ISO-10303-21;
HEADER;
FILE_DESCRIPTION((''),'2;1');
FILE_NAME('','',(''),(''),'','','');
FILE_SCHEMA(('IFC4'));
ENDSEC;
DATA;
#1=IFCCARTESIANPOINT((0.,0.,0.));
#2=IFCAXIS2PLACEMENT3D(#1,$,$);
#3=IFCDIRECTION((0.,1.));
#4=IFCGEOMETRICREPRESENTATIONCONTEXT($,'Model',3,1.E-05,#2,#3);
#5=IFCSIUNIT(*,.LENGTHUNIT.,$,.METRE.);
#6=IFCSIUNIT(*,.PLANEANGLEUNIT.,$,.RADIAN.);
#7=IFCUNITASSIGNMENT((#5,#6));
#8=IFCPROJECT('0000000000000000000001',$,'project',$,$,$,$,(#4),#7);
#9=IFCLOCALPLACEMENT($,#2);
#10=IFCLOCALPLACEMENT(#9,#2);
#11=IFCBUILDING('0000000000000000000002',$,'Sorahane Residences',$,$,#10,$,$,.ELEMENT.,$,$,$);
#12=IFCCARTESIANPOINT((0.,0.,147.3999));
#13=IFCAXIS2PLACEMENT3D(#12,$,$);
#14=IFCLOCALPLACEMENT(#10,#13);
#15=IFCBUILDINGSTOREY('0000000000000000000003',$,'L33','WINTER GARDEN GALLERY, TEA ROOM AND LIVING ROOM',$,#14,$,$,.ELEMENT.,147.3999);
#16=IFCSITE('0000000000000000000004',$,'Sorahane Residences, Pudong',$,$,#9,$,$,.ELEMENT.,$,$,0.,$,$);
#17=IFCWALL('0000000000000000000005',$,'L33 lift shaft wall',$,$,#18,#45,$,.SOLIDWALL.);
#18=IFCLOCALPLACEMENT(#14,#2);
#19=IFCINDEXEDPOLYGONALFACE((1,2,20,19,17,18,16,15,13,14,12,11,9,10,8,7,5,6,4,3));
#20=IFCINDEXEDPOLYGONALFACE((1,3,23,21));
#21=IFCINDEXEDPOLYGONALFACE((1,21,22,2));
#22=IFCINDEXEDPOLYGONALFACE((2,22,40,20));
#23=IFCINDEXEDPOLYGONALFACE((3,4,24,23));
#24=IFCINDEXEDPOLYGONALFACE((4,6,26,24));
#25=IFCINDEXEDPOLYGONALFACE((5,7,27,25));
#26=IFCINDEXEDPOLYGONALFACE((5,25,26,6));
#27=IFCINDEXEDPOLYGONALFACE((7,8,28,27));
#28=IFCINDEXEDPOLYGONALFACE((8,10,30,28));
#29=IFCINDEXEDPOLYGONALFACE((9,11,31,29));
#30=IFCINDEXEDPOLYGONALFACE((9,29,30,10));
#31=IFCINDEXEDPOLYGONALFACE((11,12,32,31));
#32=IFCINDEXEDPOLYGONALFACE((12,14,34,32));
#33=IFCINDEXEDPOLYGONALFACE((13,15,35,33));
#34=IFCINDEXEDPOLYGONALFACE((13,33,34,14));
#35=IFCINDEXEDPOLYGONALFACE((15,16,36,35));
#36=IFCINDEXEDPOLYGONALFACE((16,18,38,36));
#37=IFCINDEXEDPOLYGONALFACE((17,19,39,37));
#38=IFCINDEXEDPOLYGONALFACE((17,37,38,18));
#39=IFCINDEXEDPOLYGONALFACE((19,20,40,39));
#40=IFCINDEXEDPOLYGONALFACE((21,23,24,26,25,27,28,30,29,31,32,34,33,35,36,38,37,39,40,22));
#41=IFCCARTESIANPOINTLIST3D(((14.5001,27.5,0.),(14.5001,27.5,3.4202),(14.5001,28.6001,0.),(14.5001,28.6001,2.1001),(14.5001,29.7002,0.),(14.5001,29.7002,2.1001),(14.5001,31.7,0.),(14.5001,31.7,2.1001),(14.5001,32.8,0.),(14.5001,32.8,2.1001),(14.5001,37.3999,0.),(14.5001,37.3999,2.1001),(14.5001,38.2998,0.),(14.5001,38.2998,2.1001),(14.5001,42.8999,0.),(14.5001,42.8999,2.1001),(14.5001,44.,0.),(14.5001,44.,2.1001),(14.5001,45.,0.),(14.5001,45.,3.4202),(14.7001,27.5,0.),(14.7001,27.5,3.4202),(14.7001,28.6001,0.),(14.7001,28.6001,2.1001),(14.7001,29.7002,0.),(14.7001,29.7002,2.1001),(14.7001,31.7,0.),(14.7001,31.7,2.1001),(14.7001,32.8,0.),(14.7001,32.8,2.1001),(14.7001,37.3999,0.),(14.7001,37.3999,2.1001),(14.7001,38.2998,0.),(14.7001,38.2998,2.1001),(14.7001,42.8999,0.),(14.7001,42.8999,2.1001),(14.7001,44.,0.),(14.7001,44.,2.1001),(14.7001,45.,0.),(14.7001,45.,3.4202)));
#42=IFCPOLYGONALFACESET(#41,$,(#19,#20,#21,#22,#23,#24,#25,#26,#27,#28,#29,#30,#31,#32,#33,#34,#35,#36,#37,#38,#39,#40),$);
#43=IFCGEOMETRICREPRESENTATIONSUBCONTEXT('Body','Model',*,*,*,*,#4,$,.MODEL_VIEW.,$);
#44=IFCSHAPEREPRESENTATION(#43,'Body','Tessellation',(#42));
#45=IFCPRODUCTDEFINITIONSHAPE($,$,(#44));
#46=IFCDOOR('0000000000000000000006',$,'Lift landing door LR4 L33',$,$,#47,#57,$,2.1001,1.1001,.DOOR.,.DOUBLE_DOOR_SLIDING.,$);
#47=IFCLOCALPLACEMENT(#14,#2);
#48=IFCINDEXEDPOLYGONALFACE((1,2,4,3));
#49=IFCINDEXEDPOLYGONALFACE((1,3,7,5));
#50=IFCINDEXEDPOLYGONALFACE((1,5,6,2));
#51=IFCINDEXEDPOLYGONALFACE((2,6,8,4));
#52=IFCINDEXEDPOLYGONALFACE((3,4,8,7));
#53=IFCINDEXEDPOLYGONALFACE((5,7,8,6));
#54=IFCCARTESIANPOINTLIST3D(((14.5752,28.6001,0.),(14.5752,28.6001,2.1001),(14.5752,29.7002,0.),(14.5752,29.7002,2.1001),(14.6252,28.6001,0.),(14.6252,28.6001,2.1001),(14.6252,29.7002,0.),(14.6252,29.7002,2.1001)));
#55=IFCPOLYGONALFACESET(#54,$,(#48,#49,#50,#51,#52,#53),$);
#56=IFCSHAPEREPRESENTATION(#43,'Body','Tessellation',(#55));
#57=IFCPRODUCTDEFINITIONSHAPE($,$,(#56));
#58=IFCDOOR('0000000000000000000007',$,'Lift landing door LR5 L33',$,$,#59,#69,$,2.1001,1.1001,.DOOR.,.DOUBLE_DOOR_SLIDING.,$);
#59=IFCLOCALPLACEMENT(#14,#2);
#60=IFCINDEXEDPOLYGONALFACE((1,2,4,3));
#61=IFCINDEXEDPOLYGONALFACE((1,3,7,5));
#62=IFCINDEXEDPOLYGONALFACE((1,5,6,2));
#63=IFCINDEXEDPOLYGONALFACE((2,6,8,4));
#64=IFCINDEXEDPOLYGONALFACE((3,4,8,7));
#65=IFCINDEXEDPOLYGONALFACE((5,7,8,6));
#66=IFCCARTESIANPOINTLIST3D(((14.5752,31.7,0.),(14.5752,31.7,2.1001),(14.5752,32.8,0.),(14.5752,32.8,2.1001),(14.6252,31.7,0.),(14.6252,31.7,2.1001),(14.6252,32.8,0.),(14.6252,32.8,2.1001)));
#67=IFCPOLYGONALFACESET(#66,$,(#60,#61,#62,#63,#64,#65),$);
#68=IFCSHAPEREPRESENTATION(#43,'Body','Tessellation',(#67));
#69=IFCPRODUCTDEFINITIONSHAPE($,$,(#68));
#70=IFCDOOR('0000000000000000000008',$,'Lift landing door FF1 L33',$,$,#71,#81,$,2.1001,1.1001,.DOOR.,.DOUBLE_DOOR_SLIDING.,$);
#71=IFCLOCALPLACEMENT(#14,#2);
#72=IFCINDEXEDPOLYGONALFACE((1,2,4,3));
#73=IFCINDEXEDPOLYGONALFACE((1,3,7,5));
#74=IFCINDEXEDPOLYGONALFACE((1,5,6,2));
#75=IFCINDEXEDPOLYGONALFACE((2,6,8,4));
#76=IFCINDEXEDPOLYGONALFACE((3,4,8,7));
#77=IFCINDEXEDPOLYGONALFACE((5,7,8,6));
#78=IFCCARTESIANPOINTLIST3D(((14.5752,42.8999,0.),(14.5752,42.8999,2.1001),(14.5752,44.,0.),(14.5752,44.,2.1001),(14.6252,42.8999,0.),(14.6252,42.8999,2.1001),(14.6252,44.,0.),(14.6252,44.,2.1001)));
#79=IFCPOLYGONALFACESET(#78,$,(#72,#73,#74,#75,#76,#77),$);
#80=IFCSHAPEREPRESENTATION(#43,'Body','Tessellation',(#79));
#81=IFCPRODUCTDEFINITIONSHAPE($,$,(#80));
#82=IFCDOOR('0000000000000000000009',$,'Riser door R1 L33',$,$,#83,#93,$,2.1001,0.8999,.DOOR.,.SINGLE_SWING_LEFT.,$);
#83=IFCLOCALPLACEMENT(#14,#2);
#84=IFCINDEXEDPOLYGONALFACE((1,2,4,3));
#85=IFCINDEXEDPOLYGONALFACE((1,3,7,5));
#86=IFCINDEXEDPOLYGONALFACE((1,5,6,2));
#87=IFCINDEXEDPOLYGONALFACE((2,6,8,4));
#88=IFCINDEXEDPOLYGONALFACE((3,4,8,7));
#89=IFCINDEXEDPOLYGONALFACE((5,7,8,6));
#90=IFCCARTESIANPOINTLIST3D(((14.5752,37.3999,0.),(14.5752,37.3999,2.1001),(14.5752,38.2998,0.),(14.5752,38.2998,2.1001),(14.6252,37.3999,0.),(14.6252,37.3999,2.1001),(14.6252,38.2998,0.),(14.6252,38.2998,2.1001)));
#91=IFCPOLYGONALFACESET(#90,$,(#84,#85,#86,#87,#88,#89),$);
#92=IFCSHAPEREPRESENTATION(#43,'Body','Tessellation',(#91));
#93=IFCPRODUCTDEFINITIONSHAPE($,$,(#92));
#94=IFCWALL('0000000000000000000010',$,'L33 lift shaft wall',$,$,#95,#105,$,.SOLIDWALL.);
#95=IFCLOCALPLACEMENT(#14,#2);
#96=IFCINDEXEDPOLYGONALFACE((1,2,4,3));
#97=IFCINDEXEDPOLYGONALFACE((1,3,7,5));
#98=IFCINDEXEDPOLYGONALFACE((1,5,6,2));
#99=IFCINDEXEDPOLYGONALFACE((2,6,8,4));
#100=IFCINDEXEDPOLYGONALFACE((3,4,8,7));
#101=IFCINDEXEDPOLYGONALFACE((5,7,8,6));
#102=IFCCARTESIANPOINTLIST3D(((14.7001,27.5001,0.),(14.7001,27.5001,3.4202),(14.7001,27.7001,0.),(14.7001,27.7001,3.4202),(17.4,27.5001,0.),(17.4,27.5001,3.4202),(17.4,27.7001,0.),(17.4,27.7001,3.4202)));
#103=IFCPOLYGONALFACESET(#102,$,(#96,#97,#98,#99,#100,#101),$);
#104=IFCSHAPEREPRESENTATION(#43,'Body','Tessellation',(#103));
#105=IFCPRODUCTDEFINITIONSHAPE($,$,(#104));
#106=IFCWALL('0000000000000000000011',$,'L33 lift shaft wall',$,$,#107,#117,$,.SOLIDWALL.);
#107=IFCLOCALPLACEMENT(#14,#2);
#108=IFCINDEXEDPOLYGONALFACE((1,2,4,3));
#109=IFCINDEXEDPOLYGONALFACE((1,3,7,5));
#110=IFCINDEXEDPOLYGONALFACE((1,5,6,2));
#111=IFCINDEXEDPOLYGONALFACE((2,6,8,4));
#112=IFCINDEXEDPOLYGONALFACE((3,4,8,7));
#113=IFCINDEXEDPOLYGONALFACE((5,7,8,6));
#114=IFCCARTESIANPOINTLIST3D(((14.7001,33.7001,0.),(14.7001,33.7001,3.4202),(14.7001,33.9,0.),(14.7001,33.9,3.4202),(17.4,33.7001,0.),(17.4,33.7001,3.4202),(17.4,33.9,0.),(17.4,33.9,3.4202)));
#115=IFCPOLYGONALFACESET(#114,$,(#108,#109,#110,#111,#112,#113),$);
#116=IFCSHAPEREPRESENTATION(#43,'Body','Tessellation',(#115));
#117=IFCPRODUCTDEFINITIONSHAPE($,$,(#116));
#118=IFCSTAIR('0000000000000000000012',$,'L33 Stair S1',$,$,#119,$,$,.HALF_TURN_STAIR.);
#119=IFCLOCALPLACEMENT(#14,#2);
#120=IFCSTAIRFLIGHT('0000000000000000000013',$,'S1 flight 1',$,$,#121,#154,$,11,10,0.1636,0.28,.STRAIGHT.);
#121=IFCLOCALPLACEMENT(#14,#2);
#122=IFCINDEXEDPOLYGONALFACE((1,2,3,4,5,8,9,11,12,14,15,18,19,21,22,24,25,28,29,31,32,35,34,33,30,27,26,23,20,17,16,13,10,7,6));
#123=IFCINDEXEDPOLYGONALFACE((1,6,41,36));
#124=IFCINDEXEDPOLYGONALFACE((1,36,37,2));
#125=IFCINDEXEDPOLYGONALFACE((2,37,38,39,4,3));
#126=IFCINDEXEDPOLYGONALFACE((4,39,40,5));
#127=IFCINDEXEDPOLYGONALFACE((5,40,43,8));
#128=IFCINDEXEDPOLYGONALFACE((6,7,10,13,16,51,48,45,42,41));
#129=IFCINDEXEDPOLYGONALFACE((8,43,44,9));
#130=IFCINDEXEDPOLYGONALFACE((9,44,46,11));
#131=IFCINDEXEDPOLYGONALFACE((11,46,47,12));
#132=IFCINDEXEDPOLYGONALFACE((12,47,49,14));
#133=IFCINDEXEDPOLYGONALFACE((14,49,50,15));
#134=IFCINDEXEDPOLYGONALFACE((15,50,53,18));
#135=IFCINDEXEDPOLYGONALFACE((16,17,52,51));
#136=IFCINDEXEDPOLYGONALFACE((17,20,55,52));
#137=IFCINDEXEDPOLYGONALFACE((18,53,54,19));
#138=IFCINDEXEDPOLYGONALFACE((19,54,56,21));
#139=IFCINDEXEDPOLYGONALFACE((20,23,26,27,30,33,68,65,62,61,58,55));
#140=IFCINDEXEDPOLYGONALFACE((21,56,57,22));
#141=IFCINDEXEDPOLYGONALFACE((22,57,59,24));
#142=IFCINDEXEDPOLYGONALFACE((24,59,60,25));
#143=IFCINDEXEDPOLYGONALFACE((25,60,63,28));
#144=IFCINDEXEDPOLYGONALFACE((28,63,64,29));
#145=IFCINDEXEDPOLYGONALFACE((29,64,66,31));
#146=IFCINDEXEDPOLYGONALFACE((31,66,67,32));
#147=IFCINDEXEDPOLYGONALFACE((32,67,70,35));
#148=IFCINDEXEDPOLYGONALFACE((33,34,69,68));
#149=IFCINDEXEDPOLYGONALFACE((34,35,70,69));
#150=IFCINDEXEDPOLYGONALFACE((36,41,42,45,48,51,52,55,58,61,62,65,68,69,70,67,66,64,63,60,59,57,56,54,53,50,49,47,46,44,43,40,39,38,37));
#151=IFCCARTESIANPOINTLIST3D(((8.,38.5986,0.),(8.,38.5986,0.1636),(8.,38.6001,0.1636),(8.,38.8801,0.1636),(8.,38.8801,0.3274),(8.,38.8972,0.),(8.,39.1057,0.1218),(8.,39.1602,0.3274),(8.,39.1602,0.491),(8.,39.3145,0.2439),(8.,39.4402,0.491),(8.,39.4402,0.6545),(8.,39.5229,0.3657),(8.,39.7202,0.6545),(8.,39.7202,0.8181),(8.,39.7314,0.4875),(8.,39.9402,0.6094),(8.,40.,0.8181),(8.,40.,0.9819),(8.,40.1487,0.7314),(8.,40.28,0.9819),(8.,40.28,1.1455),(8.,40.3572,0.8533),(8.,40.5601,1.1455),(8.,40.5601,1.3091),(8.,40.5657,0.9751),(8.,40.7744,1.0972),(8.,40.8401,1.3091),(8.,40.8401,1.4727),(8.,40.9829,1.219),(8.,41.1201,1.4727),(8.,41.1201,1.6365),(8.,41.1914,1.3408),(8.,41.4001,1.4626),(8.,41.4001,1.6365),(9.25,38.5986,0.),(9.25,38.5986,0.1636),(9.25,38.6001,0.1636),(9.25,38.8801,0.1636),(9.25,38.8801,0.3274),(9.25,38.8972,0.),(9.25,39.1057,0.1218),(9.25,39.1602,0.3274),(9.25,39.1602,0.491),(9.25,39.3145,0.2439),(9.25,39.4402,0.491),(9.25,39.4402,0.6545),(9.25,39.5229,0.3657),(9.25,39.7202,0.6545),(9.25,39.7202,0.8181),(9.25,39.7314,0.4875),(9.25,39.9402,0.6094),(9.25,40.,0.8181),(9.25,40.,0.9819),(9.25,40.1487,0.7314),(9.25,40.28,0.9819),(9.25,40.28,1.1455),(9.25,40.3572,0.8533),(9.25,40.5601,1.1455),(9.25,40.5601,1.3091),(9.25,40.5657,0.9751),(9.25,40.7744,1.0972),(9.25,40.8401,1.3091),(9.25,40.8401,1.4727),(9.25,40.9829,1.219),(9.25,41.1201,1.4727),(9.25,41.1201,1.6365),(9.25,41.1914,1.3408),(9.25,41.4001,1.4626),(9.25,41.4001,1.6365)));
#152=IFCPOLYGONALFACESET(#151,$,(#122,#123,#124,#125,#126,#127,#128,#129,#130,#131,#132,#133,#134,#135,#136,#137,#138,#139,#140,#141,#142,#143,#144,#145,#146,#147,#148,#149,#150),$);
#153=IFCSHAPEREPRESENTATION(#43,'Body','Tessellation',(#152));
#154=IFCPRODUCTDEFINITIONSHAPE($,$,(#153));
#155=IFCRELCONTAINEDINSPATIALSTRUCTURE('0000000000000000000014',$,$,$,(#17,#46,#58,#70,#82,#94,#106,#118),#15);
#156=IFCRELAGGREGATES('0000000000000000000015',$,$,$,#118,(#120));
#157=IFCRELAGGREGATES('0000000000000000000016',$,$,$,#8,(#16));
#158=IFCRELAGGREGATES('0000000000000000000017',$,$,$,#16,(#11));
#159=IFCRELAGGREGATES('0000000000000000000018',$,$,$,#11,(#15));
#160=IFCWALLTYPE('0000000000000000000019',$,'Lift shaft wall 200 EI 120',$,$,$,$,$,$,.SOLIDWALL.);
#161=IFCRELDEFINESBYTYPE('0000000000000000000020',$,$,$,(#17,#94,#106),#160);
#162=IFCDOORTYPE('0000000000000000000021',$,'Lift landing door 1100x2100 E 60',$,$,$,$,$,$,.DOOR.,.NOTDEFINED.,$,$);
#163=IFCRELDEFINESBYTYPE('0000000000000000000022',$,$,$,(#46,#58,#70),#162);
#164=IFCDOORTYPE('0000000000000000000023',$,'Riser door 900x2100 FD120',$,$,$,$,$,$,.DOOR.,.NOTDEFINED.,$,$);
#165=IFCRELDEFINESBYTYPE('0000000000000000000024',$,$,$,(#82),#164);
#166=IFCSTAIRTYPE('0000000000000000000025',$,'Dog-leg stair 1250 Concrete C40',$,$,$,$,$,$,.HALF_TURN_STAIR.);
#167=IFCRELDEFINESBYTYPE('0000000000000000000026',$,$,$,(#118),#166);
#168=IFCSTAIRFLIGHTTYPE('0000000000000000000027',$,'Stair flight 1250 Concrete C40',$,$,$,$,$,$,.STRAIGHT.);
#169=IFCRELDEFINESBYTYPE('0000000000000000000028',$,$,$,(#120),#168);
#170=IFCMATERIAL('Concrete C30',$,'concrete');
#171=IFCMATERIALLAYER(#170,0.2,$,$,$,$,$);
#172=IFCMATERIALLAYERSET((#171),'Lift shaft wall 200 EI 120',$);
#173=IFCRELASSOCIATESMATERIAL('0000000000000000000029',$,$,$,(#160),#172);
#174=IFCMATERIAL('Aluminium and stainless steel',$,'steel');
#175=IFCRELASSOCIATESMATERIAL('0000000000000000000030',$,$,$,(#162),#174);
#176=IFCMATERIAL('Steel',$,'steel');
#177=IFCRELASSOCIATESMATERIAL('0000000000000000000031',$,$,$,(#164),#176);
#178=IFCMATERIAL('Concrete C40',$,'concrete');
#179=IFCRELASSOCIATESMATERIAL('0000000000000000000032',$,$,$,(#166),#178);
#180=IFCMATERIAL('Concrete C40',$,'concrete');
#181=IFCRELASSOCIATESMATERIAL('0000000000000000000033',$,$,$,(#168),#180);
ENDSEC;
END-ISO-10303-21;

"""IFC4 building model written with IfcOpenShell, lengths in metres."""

from ifc_helpers import new_model, si_unit, direction, frame, frame_2d, origin, place, context, subcontext, project, spatial, polyline, rectangle, outline, extrude, material, layer, layer_set, type_object, element, fill, aggregate, save


model = new_model("IFC4")

# Units and contexts
model_context = context("Model", 3, precision=1e-05, world=origin(), true_north=direction((0.0, 1.0)))
body_context = subcontext(model_context, "Body", "Model", "MODEL_VIEW")
ifc_project = project(units=[si_unit("LENGTHUNIT", "METRE"), si_unit("PLANEANGLEUNIT", "RADIAN")], contexts=[model_context])

# Site, building, storey
site_placement = place(None, origin())
site = spatial("IfcSite", under=ifc_project, at=site_placement, Name="Sorahane Residences, Pudong", CompositionType="ELEMENT", RefElevation=0.0)
building_placement = place(site_placement, origin())
building = spatial("IfcBuilding", under=site, at=building_placement, Name="Sorahane Residences", CompositionType="ELEMENT")
storey_placement = place(building_placement, frame((0.0, 0.0, 147.3999)))
storey = spatial("IfcBuildingStorey", under=building, at=storey_placement, Name="L33", Description="WINTER GARDEN GALLERY, TEA ROOM AND LIVING ROOM", CompositionType="ELEMENT", Elevation=147.3999)

# Wall, openings, doors
ifc_material_1 = material(Name="Concrete C30", Category="concrete")
ifc_layer_1 = layer(ifc_material_1, 0.2)
ifc_layer_set_1 = layer_set([ifc_layer_1], Name="Lift shaft wall 200 EI 120")
wall_type_1 = type_object("IfcWallType", Name="Lift shaft wall 200 EI 120", PredefinedType="SOLIDWALL", material=ifc_layer_set_1)
wall_1_placement = place(storey_placement, frame((14.6001, 27.5, 0.0), z_axis=(0.0, 0.0, 1.0), x_axis=(0.0, 1.0, 0.0)))
wall_1 = element("IfcWall", 1, at=wall_1_placement, inside=storey, type_object=wall_type_1, Name="L33 lift shaft wall", PredefinedType="SOLIDWALL", context=body_context, shape_type="SweptSolid", body=[
    extrude(rectangle(XDim=17.5, YDim=0.2, at=frame_2d((8.75, 0.0))), origin(), (0.0, 0.0, 1.0), 3.4202),
])
opening_1_placement = place(wall_1_placement, frame((1.1001, 0.0, 0.0)))
opening_1 = element("IfcOpeningElement", 2, at=opening_1_placement, cuts=wall_1, PredefinedType="OPENING", context=body_context, shape_type="SweptSolid", body=[
    extrude(rectangle(XDim=1.1001, YDim=2.1001, at=frame_2d((0.55, 1.05))), frame((0.0, 0.1099, 0.0), z_axis=(0.0, -1.0, 0.0), x_axis=(1.0, 0.0, 0.0)), (0.0, 0.0, 1.0), 0.22),
])
opening_2_placement = place(wall_1_placement, frame((4.2, 0.0, 0.0)))
opening_2 = element("IfcOpeningElement", 3, at=opening_2_placement, cuts=wall_1, PredefinedType="OPENING", context=body_context, shape_type="SweptSolid", body=[
    extrude(rectangle(XDim=1.1001, YDim=2.1001, at=frame_2d((0.55, 1.05))), frame((0.0, 0.1099, 0.0), z_axis=(0.0, -1.0, 0.0), x_axis=(1.0, 0.0, 0.0)), (0.0, 0.0, 1.0), 0.22),
])
opening_3_placement = place(wall_1_placement, frame((15.3999, 0.0, 0.0)))
opening_3 = element("IfcOpeningElement", 4, at=opening_3_placement, cuts=wall_1, PredefinedType="OPENING", context=body_context, shape_type="SweptSolid", body=[
    extrude(rectangle(XDim=1.1001, YDim=2.1001, at=frame_2d((0.55, 1.05))), frame((0.0, 0.1099, 0.0), z_axis=(0.0, -1.0, 0.0), x_axis=(1.0, 0.0, 0.0)), (0.0, 0.0, 1.0), 0.22),
])
opening_4_placement = place(wall_1_placement, frame((9.8999, 0.0, 0.0)))
opening_4 = element("IfcOpeningElement", 5, at=opening_4_placement, cuts=wall_1, PredefinedType="OPENING", context=body_context, shape_type="SweptSolid", body=[
    extrude(rectangle(XDim=0.8999, YDim=2.1001, at=frame_2d((0.45, 1.05))), frame((0.0, 0.1099, 0.0), z_axis=(0.0, -1.0, 0.0), x_axis=(1.0, 0.0, 0.0)), (0.0, 0.0, 1.0), 0.22),
])
ifc_material_2 = material(Name="Aluminium and stainless steel", Category="steel")
door_type_1 = type_object("IfcDoorType", Name="Lift landing door 1100x2100 E 60", OperationType="NOTDEFINED", PredefinedType="DOOR", material=ifc_material_2)
door_1_placement = place(opening_1_placement, origin())
door_1 = element("IfcDoor", 6, at=door_1_placement, inside=storey, type_object=door_type_1, Name="Lift landing door LR4 L33", OperationType="DOUBLE_DOOR_SLIDING", OverallHeight=2.1001, OverallWidth=1.1001, PredefinedType="DOOR", context=body_context, shape_type="SweptSolid", body=[
    extrude(rectangle(XDim=1.1001, YDim=2.1001, at=frame_2d((0.55, 1.05))), frame((0.0, 0.0249, 0.0), z_axis=(0.0, -1.0, 0.0), x_axis=(1.0, 0.0, 0.0)), (0.0, 0.0, 1.0), 0.05),
])
fill(opening_1, door_1)
door_2_placement = place(opening_2_placement, origin())
door_2 = element("IfcDoor", 7, at=door_2_placement, inside=storey, type_object=door_type_1, Name="Lift landing door LR5 L33", OperationType="DOUBLE_DOOR_SLIDING", OverallHeight=2.1001, OverallWidth=1.1001, PredefinedType="DOOR", context=body_context, shape_type="SweptSolid", body=[
    extrude(rectangle(XDim=1.1001, YDim=2.1001, at=frame_2d((0.55, 1.05))), frame((0.0, 0.0249, 0.0), z_axis=(0.0, -1.0, 0.0), x_axis=(1.0, 0.0, 0.0)), (0.0, 0.0, 1.0), 0.05),
])
fill(opening_2, door_2)
door_3_placement = place(opening_3_placement, origin())
door_3 = element("IfcDoor", 8, at=door_3_placement, inside=storey, type_object=door_type_1, Name="Lift landing door FF1 L33", OperationType="DOUBLE_DOOR_SLIDING", OverallHeight=2.1001, OverallWidth=1.1001, PredefinedType="DOOR", context=body_context, shape_type="SweptSolid", body=[
    extrude(rectangle(XDim=1.1001, YDim=2.1001, at=frame_2d((0.55, 1.05))), frame((0.0, 0.0249, 0.0), z_axis=(0.0, -1.0, 0.0), x_axis=(1.0, 0.0, 0.0)), (0.0, 0.0, 1.0), 0.05),
])
fill(opening_3, door_3)
ifc_material_3 = material(Name="Steel", Category="steel")
door_type_2 = type_object("IfcDoorType", Name="Riser door 900x2100 FD120", OperationType="NOTDEFINED", PredefinedType="DOOR", material=ifc_material_3)
door_4_placement = place(opening_4_placement, origin())
door_4 = element("IfcDoor", 9, at=door_4_placement, inside=storey, type_object=door_type_2, Name="Riser door R1 L33", OperationType="SINGLE_SWING_LEFT", OverallHeight=2.1001, OverallWidth=0.8999, PredefinedType="DOOR", context=body_context, shape_type="SweptSolid", body=[
    extrude(rectangle(XDim=0.8999, YDim=2.1001, at=frame_2d((0.45, 1.05))), frame((0.0, 0.0249, 0.0), z_axis=(0.0, -1.0, 0.0), x_axis=(1.0, 0.0, 0.0)), (0.0, 0.0, 1.0), 0.05),
])
fill(opening_4, door_4)

# Walls
for number, where, z_axis, x_axis, name in (
    (10, (14.7, 27.6001, 0.0), (0.0, 0.0, 1.0), (1.0, 0.0, 0.0), "L33 lift shaft wall"),
    (11, (14.7, 33.8, 0.0), (0.0, 0.0, 1.0), (1.0, 0.0, 0.0), "L33 lift shaft wall"),
):
    element("IfcWall", number, at=place(storey_placement, frame(where, z_axis=z_axis, x_axis=x_axis)), inside=storey, type_object=wall_type_1, Name=name, PredefinedType="SOLIDWALL", context=body_context, shape_type="SweptSolid", body=[
        extrude(rectangle(XDim=2.7, YDim=0.2, at=frame_2d((1.3501, 0.0))), origin(), (0.0, 0.0, 1.0), 3.4202),
    ])

# Stair, stair flight
ifc_material_4 = material(Name="Concrete C40", Category="concrete")
stair_type = type_object("IfcStairType", Name="Dog-leg stair 1250 Concrete C40", PredefinedType="HALF_TURN_STAIR", material=ifc_material_4)
stair_1_placement = place(storey_placement, origin())
stair_1 = element("IfcStair", 12, at=stair_1_placement, inside=storey, type_object=stair_type, Name="L33 Stair S1", PredefinedType="HALF_TURN_STAIR")
ifc_material_5 = material(Name="Concrete C40", Category="concrete")
stair_flight_type = type_object("IfcStairFlightType", Name="Stair flight 1250 Concrete C40", PredefinedType="STRAIGHT", material=ifc_material_5)
stair_flight_1_placement = place(storey_placement, frame((8.625, 38.6001, 0.0), z_axis=(0.0, 0.0, 1.0), x_axis=(0.0, 1.0, 0.0)))
stair_flight_1 = element("IfcStairFlight", 13, at=stair_flight_1_placement, type_object=stair_flight_type, Name="S1 flight 1", NumberOfRisers=11, NumberOfTreads=10, PredefinedType="STRAIGHT", RiserHeight=0.1636, TreadLength=0.28, context=body_context, shape_type="SweptSolid", body=[
    extrude(outline(polyline([(-0.0015, 0.0), (-0.0015, 0.1636), (0.0, 0.1636), (0.28, 0.1636), (0.28, 0.3274), (0.5601, 0.3274), (0.5601, 0.491), (0.8401, 0.491), (0.8401, 0.6545), (1.1201, 0.6545), (1.1201, 0.8181), (1.3999, 0.8181), (1.3999, 0.9819), (1.6799, 0.9819), (1.6799, 1.1455), (1.96, 1.1455), (1.96, 1.3091), (2.24, 1.3091), (2.24, 1.4727), (2.52, 1.4727), (2.52, 1.6365), (2.8, 1.6365), (2.8, 1.8), (2.8, 1.4626), (2.5913, 1.3408), (2.3828, 1.219), (2.1743, 1.0972), (1.9656, 0.9751), (1.7571, 0.8533), (1.5486, 0.7314), (1.3401, 0.6094), (1.1313, 0.4875), (0.9229, 0.3657), (0.7144, 0.2439), (0.5056, 0.1218), (0.2971, 0.0), (-0.0015, 0.0)])), frame((0.0, 0.625, 0.0), z_axis=(0.0, -1.0, 0.0), x_axis=(1.0, 0.0, 0.0)), (0.0, 0.0, 1.0), 1.25),
])
aggregate(stair_1, [stair_flight_1])

save(model, "model.ifc")
